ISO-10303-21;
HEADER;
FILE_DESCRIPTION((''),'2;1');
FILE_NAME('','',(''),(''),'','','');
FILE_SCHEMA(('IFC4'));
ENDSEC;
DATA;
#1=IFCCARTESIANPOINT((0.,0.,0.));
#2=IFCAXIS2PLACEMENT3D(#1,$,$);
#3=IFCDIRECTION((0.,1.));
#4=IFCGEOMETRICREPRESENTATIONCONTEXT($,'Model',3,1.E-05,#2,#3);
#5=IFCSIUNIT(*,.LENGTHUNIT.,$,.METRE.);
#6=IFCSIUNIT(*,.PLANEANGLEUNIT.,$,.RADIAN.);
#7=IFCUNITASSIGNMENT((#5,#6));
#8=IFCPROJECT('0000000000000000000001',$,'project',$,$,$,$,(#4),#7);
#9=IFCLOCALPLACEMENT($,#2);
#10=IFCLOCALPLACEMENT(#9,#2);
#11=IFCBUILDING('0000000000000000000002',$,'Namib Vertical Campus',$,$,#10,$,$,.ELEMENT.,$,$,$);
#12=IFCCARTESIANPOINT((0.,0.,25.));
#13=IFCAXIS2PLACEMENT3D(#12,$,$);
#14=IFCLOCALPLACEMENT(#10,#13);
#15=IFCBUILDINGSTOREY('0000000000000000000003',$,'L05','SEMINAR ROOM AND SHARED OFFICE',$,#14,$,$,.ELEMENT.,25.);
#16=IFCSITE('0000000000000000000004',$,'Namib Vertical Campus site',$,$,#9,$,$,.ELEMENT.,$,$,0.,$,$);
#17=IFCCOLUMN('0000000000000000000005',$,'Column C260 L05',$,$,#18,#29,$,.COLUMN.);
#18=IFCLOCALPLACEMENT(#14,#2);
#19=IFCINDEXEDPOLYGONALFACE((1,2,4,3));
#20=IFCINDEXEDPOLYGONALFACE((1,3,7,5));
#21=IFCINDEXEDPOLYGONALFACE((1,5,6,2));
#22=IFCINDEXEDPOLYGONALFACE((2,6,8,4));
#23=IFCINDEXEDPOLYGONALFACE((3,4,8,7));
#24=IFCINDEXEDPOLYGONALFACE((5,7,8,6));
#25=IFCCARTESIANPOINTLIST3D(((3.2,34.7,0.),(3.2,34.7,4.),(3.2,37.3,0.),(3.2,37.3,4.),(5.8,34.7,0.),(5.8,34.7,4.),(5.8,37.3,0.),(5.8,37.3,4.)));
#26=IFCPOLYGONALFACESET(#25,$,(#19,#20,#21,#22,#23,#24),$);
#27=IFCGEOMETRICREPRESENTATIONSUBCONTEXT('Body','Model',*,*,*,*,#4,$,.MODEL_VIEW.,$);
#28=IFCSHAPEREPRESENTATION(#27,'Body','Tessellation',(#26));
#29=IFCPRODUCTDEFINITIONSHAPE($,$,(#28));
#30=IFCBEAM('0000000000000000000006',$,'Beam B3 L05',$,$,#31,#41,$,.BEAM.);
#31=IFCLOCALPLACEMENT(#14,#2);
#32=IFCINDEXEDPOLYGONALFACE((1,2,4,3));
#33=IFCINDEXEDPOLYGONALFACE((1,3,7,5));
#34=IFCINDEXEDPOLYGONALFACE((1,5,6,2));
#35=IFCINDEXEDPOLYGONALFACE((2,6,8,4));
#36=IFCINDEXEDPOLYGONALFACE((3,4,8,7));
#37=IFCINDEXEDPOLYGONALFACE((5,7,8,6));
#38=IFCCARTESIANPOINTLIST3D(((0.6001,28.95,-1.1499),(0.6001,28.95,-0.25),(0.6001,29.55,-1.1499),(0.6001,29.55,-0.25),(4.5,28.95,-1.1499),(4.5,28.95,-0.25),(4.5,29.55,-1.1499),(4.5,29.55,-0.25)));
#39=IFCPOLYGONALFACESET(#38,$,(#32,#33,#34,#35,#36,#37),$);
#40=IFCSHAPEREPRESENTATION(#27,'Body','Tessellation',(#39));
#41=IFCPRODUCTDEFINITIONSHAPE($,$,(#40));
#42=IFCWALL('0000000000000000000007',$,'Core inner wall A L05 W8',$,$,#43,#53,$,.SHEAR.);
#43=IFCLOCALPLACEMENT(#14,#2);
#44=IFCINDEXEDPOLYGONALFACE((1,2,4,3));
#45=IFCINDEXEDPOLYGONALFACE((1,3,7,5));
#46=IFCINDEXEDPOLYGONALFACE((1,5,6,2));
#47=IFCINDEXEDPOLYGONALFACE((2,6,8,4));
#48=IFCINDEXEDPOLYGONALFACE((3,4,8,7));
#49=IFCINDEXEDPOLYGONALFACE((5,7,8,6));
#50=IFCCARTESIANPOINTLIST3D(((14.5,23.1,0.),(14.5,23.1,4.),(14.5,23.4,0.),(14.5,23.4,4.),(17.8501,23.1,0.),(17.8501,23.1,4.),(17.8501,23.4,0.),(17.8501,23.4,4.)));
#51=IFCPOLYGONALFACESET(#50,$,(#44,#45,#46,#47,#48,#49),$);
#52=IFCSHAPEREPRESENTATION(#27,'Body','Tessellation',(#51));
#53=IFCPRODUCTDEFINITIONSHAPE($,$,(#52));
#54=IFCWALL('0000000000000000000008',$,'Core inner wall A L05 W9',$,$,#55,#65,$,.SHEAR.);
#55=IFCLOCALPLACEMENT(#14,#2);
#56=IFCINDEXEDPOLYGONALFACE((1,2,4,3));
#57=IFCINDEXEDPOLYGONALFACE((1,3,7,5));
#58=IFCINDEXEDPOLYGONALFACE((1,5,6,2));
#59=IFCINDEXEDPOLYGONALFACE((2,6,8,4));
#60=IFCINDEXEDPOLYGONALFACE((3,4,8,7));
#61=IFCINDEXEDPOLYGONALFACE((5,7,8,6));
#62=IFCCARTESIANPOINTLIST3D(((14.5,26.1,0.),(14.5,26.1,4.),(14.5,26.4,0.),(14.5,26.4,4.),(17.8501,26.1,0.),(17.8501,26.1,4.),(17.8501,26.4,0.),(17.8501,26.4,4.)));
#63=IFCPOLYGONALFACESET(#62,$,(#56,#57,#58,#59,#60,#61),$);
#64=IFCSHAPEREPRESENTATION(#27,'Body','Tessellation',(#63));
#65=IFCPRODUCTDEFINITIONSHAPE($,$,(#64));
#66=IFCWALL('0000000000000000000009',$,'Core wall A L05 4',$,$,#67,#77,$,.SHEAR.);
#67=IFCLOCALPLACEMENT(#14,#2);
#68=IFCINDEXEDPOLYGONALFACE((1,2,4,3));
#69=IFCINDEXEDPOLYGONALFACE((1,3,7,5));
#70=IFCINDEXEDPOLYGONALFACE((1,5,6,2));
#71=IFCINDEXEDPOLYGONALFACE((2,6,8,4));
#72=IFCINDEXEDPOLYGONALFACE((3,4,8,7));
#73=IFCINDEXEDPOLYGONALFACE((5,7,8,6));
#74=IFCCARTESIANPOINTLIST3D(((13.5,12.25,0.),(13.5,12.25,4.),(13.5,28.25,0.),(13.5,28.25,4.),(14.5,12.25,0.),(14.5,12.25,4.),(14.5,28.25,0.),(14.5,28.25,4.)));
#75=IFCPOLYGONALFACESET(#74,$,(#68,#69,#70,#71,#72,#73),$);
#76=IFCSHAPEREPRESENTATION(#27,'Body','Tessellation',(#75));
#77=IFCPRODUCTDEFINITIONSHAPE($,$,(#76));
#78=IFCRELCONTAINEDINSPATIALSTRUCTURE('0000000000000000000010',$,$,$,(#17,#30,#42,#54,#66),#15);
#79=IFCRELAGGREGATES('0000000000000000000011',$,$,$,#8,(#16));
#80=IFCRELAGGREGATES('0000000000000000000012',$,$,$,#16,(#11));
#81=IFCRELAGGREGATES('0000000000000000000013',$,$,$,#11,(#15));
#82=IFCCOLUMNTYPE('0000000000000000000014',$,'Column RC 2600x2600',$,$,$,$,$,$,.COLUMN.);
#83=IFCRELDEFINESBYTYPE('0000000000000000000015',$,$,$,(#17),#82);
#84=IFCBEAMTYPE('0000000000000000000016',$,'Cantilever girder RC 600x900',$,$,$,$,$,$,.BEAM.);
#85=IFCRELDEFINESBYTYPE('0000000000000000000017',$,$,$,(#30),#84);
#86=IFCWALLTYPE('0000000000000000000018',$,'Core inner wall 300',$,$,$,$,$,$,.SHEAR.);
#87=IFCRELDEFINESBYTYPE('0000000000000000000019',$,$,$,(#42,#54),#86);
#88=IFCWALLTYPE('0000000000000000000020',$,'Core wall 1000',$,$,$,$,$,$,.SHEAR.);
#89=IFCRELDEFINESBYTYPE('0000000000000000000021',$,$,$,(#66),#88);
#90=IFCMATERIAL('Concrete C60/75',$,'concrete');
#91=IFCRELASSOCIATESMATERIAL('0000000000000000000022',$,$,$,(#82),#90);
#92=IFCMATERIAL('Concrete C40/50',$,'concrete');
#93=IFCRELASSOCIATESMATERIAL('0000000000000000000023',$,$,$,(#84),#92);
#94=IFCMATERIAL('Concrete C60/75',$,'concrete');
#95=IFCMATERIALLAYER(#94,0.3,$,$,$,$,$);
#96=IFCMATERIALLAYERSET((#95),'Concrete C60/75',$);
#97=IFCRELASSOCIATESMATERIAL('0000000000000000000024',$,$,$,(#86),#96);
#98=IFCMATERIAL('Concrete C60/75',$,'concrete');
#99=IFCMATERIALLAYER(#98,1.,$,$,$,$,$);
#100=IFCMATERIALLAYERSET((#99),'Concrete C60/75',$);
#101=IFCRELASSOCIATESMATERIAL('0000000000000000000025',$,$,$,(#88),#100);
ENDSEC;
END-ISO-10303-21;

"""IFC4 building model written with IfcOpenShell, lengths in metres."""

from ifc_helpers import new_model, si_unit, direction, frame, frame_2d, origin, origin_2d, place, context, subcontext, project, spatial, rectangle, extrude, material, layer, layer_set, material_profile, profile_set, type_object, element, save


model = new_model("IFC4")

# Units and contexts
model_context = context("Model", 3, precision=1e-05, world=origin(), true_north=direction((0.0, 1.0)))
body_context = subcontext(model_context, "Body", "Model", "MODEL_VIEW")
ifc_project = project(units=[si_unit("LENGTHUNIT", "METRE"), si_unit("PLANEANGLEUNIT", "RADIAN")], contexts=[model_context])

# Site, building, storey
site_placement = place(None, origin())
site = spatial("IfcSite", under=ifc_project, at=site_placement, Name="Namib Vertical Campus site", CompositionType="ELEMENT", RefElevation=0.0)
building_placement = place(site_placement, origin())
building = spatial("IfcBuilding", under=site, at=building_placement, Name="Namib Vertical Campus", CompositionType="ELEMENT")
storey_placement = place(building_placement, frame((0.0, 0.0, 25.0)))
storey = spatial("IfcBuildingStorey", under=building, at=storey_placement, Name="L05", Description="SEMINAR ROOM AND SHARED OFFICE", CompositionType="ELEMENT", Elevation=25.0)

# Column
ifc_material_1 = material(Name="Concrete C60/75", Category="concrete")
ifc_material_profile_1 = material_profile(ifc_material_1, rectangle(XDim=2.6001, YDim=2.6001, at=origin_2d()))
ifc_profile_set_1 = profile_set([ifc_material_profile_1], Name="Concrete C60/75")
column_type = type_object("IfcColumnType", Name="Column RC 2600x2600", PredefinedType="COLUMN", material=ifc_profile_set_1)
column_placement = place(storey_placement, frame((4.5, 36.0, 0.0), z_axis=(0.0, 0.0, 1.0), x_axis=(1.0, 0.0, 0.0)))
element("IfcColumn", 1, at=column_placement, inside=storey, type_object=column_type, Name="Column C260 L05", PredefinedType="COLUMN", context=body_context, shape_type="SweptSolid", body=[
    extrude(rectangle(XDim=2.6001, YDim=2.6001, at=origin_2d()), origin(), (0.0, 0.0, 1.0), 4.0),
])

# Beam
ifc_material_2 = material(Name="Concrete C40/50", Category="concrete")
ifc_material_profile_2 = material_profile(ifc_material_2, rectangle(XDim=0.6001, YDim=0.8999, at=origin_2d()))
ifc_profile_set_2 = profile_set([ifc_material_profile_2], Name="Concrete C40/50")
beam_type = type_object("IfcBeamType", Name="Cantilever girder RC 600x900", PredefinedType="BEAM", material=ifc_profile_set_2)
beam_placement = place(storey_placement, frame((4.5, 29.25, -0.7), z_axis=(-1.0, 0.0, 0.0), x_axis=(0.0, -1.0, 0.0)))
element("IfcBeam", 2, at=beam_placement, inside=storey, type_object=beam_type, Name="Beam B3 L05", PredefinedType="BEAM", context=body_context, shape_type="SweptSolid", body=[
    extrude(rectangle(XDim=0.6001, YDim=0.8999, at=origin_2d()), origin(), (0.0, 0.0, 1.0), 3.8999),
])

# Walls
ifc_material_3 = material(Name="Concrete C60/75", Category="concrete")
ifc_layer_1 = layer(ifc_material_3, 0.3)
ifc_layer_set_1 = layer_set([ifc_layer_1], Name="Concrete C60/75")
wall_type_1 = type_object("IfcWallType", Name="Core inner wall 300", PredefinedType="SHEAR", material=ifc_layer_set_1)
for number, where, z_axis, x_axis, name in (
    (3, (14.5, 23.25, 0.0), (0.0, 0.0, 1.0), (1.0, 0.0, 0.0), "Core inner wall A L05 W8"),
    (4, (14.5, 26.25, 0.0), (0.0, 0.0, 1.0), (1.0, 0.0, 0.0), "Core inner wall A L05 W9"),
):
    element("IfcWall", number, at=place(storey_placement, frame(where, z_axis=z_axis, x_axis=x_axis)), inside=storey, type_object=wall_type_1, Name=name, PredefinedType="SHEAR", context=body_context, shape_type="SweptSolid", body=[
        extrude(rectangle(XDim=3.3501, YDim=0.3, at=frame_2d((1.675, 0.0))), origin(), (0.0, 0.0, 1.0), 4.0),
    ])
ifc_material_4 = material(Name="Concrete C60/75", Category="concrete")
ifc_layer_2 = layer(ifc_material_4, 1.0)
ifc_layer_set_2 = layer_set([ifc_layer_2], Name="Concrete C60/75")
wall_type_2 = type_object("IfcWallType", Name="Core wall 1000", PredefinedType="SHEAR", material=ifc_layer_set_2)
wall_1_placement = place(storey_placement, frame((14.0, 28.25, 0.0), z_axis=(0.0, 0.0, 1.0), x_axis=(0.0, -1.0, 0.0)))
element("IfcWall", 5, at=wall_1_placement, inside=storey, type_object=wall_type_2, Name="Core wall A L05 4", PredefinedType="SHEAR", context=body_context, shape_type="SweptSolid", body=[
    extrude(rectangle(XDim=16.0, YDim=1.0, at=frame_2d((8.0, 0.0))), origin(), (0.0, 0.0, 1.0), 4.0),
])

save(model, "model.ifc")
